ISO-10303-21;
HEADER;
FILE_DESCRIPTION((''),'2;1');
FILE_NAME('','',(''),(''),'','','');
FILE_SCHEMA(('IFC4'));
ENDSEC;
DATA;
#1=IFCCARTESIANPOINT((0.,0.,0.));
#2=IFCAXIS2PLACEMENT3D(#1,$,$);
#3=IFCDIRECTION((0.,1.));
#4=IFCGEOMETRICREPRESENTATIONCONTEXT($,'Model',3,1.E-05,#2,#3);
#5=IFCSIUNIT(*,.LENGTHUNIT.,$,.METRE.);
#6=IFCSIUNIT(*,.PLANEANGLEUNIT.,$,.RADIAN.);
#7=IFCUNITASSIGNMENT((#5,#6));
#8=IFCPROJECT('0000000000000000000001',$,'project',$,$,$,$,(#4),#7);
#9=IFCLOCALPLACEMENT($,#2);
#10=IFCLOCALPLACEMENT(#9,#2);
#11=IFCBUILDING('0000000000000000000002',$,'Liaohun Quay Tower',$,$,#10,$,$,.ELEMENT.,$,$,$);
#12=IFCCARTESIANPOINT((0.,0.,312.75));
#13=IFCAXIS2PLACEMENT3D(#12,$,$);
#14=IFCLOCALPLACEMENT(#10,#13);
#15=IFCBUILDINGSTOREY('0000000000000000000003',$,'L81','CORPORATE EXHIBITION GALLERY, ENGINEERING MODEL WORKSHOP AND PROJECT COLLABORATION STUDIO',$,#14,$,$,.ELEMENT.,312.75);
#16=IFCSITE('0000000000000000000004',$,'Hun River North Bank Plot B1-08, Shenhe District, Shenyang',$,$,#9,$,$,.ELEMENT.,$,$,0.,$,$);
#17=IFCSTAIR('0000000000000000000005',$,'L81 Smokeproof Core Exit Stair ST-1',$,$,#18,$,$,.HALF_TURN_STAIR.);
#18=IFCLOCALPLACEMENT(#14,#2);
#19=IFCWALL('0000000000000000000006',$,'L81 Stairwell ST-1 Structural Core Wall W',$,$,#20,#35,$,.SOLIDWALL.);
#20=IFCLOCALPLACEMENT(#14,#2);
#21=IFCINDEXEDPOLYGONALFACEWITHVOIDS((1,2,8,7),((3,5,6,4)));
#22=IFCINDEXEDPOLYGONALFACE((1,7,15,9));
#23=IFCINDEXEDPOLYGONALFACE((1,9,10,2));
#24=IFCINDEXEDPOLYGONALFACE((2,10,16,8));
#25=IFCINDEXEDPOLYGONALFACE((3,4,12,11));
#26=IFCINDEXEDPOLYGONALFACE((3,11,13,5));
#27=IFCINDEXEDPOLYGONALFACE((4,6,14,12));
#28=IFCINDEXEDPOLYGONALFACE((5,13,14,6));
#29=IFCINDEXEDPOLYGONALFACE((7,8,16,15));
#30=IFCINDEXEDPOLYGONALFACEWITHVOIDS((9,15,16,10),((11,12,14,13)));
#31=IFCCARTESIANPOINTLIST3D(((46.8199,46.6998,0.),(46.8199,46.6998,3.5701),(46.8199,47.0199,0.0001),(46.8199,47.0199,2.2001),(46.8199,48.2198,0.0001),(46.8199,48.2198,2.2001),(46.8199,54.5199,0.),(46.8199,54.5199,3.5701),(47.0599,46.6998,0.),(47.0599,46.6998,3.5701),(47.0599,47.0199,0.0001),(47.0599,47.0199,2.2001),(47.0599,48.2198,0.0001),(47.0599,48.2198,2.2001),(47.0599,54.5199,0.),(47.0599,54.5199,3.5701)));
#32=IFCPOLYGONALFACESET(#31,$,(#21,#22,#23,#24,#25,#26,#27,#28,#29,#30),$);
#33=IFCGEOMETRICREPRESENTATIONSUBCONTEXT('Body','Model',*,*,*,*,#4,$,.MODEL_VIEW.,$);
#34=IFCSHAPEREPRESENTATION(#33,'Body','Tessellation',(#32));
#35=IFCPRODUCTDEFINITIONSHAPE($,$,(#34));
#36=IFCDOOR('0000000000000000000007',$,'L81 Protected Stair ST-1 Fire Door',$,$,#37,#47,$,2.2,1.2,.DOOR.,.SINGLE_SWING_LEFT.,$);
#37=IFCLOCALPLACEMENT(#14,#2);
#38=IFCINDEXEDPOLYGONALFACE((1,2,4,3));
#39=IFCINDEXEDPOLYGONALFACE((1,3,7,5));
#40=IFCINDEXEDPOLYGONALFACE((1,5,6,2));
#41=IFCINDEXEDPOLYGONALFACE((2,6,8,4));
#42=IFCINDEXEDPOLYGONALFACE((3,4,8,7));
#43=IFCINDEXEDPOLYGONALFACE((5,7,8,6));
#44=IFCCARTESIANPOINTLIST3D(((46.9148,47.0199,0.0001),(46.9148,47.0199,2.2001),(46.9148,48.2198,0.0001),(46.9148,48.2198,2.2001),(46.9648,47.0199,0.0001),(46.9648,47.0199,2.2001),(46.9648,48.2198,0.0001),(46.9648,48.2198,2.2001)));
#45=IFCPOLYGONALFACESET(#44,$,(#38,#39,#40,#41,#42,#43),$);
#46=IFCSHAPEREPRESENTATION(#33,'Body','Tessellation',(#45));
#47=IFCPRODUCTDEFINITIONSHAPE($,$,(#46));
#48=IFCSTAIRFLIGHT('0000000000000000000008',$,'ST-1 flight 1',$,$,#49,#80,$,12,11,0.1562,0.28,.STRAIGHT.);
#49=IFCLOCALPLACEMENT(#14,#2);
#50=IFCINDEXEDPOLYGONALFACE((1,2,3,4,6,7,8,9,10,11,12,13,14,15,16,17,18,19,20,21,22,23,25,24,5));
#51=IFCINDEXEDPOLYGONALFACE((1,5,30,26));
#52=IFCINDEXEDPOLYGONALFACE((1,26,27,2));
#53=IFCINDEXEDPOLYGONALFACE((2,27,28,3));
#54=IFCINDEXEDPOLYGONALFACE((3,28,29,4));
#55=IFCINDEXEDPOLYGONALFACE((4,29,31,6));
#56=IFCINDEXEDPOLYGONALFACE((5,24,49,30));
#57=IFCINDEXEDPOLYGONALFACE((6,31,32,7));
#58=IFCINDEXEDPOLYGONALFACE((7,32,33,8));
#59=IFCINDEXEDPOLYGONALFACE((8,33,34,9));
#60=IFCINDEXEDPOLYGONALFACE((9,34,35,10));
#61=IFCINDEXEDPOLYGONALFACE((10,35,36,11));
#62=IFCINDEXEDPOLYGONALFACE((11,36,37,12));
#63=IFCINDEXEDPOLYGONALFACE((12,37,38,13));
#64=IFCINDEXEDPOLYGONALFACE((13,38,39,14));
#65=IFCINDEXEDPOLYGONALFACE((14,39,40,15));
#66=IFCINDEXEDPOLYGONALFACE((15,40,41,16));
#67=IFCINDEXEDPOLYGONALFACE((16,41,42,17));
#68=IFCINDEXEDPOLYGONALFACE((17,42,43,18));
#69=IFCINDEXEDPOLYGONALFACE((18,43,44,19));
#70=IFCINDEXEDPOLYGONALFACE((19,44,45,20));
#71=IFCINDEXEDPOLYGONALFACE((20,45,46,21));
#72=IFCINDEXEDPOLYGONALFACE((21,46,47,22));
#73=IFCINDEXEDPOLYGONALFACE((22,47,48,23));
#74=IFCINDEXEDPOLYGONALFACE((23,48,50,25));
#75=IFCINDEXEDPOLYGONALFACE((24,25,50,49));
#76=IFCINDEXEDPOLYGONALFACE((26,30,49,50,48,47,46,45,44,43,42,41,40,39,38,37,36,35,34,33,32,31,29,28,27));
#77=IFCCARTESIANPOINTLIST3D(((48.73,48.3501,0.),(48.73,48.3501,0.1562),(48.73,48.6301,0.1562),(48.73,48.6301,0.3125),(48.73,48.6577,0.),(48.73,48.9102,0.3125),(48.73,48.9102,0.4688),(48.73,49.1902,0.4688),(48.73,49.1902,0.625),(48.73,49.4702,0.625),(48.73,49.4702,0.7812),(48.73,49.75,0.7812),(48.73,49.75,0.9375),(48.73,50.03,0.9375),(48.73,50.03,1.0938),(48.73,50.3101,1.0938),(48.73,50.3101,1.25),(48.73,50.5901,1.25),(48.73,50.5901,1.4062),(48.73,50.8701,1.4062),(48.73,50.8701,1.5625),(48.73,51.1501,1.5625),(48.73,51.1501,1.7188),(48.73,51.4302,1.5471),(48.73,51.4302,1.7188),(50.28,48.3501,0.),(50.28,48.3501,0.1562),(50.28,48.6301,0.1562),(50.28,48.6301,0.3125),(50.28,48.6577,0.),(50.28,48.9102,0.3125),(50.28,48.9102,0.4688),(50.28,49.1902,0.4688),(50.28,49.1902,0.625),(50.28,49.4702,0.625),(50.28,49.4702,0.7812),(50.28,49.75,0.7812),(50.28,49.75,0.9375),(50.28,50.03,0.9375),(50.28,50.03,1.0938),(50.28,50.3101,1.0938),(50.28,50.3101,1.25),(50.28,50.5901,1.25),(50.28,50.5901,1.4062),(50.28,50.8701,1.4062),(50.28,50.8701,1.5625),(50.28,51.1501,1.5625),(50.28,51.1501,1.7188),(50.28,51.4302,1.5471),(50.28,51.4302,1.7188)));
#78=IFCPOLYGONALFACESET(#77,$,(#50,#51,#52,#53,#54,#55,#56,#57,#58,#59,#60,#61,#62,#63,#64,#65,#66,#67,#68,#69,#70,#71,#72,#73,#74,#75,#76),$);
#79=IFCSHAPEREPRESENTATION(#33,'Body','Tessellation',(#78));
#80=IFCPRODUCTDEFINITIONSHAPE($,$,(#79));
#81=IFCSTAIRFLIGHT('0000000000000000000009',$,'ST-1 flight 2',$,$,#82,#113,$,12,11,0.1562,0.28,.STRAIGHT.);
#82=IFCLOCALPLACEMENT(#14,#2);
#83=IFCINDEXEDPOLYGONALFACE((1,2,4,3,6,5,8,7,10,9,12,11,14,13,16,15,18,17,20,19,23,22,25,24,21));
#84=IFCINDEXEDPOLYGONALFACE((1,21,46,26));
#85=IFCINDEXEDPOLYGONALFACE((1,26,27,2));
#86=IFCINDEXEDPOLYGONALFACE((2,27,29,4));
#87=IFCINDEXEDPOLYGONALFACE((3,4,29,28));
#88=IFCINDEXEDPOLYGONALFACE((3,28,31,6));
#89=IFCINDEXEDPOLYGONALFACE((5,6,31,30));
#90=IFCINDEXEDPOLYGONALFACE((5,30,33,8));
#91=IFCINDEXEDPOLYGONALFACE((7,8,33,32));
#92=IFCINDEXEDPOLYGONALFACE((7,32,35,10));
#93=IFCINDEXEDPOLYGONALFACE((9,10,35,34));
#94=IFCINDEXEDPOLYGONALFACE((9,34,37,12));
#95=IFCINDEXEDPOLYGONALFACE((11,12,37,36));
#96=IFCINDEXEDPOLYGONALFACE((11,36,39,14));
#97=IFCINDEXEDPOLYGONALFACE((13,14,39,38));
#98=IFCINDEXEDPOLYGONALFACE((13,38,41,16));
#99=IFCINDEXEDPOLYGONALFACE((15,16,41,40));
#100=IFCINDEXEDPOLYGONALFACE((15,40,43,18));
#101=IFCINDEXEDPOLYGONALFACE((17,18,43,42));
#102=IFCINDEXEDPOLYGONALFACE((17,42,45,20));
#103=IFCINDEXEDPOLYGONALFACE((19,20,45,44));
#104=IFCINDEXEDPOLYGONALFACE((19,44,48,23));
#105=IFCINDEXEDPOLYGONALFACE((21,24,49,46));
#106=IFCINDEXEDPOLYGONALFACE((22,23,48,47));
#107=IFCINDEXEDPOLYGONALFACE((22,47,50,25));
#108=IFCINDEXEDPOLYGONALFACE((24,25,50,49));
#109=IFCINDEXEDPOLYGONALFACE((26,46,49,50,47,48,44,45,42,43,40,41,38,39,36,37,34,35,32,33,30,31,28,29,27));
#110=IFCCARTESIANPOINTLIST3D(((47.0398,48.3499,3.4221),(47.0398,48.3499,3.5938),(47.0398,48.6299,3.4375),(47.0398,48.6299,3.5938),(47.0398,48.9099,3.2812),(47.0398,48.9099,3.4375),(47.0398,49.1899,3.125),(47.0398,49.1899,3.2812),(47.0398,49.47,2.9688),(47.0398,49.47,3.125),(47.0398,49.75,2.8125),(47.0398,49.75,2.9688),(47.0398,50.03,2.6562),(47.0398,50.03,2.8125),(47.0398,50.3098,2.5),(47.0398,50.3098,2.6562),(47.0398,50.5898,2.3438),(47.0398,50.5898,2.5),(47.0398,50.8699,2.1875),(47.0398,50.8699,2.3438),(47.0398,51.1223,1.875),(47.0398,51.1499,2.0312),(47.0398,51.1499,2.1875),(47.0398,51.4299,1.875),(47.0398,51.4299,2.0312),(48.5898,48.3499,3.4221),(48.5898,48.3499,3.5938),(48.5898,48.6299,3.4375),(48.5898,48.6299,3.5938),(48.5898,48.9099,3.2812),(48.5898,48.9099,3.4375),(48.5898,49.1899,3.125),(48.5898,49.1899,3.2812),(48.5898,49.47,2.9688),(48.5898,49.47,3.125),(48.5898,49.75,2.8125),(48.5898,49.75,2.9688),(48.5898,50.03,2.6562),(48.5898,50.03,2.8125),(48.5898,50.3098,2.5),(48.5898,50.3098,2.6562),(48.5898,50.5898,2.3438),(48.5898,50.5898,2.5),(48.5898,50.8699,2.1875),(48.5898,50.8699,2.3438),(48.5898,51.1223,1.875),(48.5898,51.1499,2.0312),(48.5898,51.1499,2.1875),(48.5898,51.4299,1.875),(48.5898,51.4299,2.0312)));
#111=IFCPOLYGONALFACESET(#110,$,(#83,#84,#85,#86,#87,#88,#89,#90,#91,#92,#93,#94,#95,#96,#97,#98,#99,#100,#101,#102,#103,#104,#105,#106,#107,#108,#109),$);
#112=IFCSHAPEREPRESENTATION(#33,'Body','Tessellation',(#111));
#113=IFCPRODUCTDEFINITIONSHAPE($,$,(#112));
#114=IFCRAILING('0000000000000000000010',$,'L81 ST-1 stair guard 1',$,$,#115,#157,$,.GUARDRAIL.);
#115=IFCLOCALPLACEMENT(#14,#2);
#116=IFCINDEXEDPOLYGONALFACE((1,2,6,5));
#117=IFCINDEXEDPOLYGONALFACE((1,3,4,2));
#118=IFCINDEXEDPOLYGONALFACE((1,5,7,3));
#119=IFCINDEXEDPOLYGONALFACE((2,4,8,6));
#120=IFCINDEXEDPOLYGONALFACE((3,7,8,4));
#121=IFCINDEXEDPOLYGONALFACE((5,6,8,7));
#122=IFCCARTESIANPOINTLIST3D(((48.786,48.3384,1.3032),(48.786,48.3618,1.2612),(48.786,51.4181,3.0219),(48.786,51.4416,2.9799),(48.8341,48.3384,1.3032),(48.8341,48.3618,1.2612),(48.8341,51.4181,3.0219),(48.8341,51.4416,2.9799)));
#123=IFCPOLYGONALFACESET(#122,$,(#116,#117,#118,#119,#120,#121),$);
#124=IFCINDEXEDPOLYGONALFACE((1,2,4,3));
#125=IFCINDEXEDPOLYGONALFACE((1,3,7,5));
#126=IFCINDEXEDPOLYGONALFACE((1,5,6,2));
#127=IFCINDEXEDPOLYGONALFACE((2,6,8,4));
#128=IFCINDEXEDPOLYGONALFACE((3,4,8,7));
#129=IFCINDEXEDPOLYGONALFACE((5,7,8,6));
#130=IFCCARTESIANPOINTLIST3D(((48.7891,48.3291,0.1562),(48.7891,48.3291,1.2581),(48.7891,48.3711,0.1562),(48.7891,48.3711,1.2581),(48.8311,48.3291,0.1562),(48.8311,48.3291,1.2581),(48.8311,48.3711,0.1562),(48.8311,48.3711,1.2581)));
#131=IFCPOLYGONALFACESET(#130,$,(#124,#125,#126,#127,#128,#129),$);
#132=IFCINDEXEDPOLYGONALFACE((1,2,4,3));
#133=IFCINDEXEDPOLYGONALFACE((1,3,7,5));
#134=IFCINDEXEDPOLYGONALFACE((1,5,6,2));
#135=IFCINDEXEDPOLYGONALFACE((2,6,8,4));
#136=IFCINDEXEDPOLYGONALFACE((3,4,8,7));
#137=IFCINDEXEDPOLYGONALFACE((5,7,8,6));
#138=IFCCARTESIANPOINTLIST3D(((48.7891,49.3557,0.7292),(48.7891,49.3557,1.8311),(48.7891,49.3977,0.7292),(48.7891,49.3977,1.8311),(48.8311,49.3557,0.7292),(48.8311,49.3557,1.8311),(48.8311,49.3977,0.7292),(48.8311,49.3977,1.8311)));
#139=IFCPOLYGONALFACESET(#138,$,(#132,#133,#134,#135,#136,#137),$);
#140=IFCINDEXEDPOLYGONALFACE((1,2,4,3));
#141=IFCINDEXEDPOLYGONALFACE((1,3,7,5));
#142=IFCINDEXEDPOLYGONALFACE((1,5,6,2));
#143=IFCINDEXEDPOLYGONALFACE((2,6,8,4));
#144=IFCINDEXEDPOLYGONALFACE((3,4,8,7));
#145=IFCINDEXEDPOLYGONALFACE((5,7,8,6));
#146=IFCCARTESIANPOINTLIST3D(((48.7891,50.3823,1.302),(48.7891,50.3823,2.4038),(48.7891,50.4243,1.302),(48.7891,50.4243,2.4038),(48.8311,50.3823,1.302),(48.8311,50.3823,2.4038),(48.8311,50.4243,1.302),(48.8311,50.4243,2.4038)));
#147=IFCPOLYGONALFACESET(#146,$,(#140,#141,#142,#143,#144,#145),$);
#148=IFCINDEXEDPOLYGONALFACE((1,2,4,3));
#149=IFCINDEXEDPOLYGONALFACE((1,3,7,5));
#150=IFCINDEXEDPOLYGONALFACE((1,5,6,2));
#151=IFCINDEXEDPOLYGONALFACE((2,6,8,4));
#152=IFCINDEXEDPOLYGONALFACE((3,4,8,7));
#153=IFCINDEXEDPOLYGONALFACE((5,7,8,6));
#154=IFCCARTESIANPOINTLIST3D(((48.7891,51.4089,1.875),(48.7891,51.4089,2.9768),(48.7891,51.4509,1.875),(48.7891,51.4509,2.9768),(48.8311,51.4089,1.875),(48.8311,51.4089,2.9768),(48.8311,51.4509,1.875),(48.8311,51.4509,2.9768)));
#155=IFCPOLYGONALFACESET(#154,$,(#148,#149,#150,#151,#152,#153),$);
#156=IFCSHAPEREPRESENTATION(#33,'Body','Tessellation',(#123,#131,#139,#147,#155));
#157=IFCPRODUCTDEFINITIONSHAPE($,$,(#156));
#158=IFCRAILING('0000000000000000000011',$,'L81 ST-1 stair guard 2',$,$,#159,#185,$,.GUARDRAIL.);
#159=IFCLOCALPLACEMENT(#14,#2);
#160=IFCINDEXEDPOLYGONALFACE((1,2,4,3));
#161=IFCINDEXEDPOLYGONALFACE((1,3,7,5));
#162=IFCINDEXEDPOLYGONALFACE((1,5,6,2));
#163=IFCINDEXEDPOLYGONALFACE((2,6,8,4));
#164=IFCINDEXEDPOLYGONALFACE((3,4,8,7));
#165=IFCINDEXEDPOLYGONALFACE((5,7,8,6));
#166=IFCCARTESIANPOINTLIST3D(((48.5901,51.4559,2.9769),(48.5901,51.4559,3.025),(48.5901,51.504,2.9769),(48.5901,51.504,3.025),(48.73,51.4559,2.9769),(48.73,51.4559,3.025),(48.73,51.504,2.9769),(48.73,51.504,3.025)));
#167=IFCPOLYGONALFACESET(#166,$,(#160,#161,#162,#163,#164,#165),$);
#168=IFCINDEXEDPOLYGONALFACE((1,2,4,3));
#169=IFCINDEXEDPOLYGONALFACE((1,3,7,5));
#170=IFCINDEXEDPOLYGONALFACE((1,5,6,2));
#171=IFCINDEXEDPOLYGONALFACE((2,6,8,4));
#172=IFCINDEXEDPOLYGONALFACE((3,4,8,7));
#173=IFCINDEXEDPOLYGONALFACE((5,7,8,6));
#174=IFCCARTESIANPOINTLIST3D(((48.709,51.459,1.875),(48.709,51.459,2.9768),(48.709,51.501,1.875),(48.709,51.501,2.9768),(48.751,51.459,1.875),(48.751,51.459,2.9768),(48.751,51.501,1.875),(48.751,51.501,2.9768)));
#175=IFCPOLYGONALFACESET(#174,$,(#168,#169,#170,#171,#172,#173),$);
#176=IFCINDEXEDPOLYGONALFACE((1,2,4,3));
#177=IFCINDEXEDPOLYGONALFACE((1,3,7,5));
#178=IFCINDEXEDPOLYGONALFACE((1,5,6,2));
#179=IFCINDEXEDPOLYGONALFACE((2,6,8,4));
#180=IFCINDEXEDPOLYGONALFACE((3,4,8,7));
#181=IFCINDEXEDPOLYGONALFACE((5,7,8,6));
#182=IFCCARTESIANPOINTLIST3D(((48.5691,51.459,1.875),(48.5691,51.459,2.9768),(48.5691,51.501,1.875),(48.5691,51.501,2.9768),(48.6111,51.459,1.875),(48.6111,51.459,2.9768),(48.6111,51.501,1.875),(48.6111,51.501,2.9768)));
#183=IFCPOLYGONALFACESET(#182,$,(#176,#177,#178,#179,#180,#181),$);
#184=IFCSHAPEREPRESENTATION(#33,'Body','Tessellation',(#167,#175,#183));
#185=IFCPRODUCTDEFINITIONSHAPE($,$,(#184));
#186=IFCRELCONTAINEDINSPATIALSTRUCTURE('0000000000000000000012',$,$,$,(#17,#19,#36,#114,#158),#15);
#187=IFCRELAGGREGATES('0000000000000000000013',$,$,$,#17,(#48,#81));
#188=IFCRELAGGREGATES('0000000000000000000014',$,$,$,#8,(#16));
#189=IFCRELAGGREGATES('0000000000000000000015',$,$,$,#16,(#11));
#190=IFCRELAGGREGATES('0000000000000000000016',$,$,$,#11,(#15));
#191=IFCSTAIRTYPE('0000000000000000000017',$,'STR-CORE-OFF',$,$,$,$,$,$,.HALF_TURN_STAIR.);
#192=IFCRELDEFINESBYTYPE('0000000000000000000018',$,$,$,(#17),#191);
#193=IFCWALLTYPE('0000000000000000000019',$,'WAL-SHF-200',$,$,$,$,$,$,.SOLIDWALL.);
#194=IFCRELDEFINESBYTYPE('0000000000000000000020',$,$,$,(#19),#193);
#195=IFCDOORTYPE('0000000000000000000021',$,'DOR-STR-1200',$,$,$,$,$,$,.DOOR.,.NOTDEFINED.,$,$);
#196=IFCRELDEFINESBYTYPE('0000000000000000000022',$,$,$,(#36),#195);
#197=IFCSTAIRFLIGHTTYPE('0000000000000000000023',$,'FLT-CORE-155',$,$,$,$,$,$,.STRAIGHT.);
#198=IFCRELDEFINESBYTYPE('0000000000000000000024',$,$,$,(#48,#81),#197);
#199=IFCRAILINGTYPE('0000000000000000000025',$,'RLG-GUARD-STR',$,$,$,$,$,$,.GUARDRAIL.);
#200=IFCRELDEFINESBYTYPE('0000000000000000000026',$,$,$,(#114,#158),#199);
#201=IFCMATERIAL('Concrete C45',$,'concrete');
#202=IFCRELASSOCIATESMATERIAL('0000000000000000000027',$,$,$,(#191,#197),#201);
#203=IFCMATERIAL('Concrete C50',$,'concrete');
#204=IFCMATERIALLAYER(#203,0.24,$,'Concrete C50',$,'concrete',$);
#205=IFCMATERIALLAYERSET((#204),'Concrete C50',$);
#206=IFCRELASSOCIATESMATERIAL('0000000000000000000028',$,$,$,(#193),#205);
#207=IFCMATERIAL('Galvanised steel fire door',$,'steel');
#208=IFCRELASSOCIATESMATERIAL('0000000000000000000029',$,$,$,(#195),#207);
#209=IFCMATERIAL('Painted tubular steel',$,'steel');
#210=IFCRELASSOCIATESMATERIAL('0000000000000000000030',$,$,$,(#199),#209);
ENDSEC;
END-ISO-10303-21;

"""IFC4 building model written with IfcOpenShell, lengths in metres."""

from ifc_helpers import new_model, si_unit, direction, frame, frame_2d, origin, origin_2d, place, context, subcontext, project, spatial, polyline, rectangle, outline, extrude, source, transform, mapped, material, layer, layer_set, type_object, element, fill, aggregate, save


model = new_model("IFC4")

# Units and contexts
model_context = context("Model", 3, precision=1e-05, world=origin(), true_north=direction((0.0, 1.0)))
body_context = subcontext(model_context, "Body", "Model", "MODEL_VIEW")
ifc_project = project(units=[si_unit("LENGTHUNIT", "METRE"), si_unit("PLANEANGLEUNIT", "RADIAN")], contexts=[model_context])

# Site, building, storey
site_placement = place(None, origin())
site = spatial("IfcSite", under=ifc_project, at=site_placement, Name="Hun River North Bank Plot B1-08, Shenhe District, Shenyang", CompositionType="ELEMENT", RefElevation=0.0)
building_placement = place(site_placement, origin())
building = spatial("IfcBuilding", under=site, at=building_placement, Name="Liaohun Quay Tower", CompositionType="ELEMENT")
storey_placement = place(building_placement, frame((0.0, 0.0, 312.75)))
storey = spatial("IfcBuildingStorey", under=building, at=storey_placement, Name="L81", Description="CORPORATE EXHIBITION GALLERY, ENGINEERING MODEL WORKSHOP AND PROJECT COLLABORATION STUDIO", CompositionType="ELEMENT", Elevation=312.75)

# Shared definitions
ifc_material_1 = material(Name="Concrete C50", Category="concrete")

# Stair
ifc_material_2 = material(Name="Concrete C45", Category="concrete")
stair_type = type_object("IfcStairType", Name="STR-CORE-OFF", PredefinedType="HALF_TURN_STAIR", material=ifc_material_2)
stair_1_placement = place(storey_placement, origin())
stair_1 = element("IfcStair", 1, at=stair_1_placement, inside=storey, type_object=stair_type, Name="L81 Smokeproof Core Exit Stair ST-1", PredefinedType="HALF_TURN_STAIR")

# Shared definitions
ifc_layer_1 = layer(ifc_material_1, 0.24, Name="Concrete C50", Category="concrete")
ifc_layer_set_1 = layer_set([ifc_layer_1], Name="Concrete C50")
wall_type_1 = type_object("IfcWallType", Name="WAL-SHF-200", PredefinedType="SOLIDWALL", material=ifc_layer_set_1)

# Wall, opening, door
wall_1_placement = place(storey_placement, frame((46.9399, 54.52, 0.0), z_axis=(0.0, 0.0, 1.0), x_axis=(0.0, -1.0, 0.0)))
wall_1 = element("IfcWall", 2, at=wall_1_placement, inside=storey, type_object=wall_type_1, Name="L81 Stairwell ST-1 Structural Core Wall W", PredefinedType="SOLIDWALL", context=body_context, shape_type="SweptSolid", body=[
    extrude(rectangle(XDim=7.8201, YDim=0.24, at=frame_2d((3.9102, 0.0))), origin(), (0.0, 0.0, 1.0), 3.5701),
])
shared_shape_1 = source(origin(), body_context, "Body", "SweptSolid", [
    extrude(rectangle(XDim=1.2, YDim=2.2, at=frame_2d((0.6001, 1.1001))), frame((0.0, 0.1299, 0.0), z_axis=(0.0, -1.0, 0.0), x_axis=(1.0, 0.0, 0.0)), (0.0, 0.0, 1.0), 0.26),
])
opening_1_placement = place(wall_1_placement, frame((6.3, 0.0, 0.0)))
opening_1 = element("IfcOpeningElement", 3, at=opening_1_placement, cuts=wall_1, PredefinedType="OPENING", context=body_context, shape_type="MappedRepresentation", body=[
    mapped(shared_shape_1, transform((0.0, 0.0, 0.0), x_axis=(1.0, 0.0, 0.0), y_axis=(0.0, 1.0, 0.0), z_axis=(0.0, 0.0, 1.0), scale=1.0)),
])
ifc_material_3 = material(Name="Galvanised steel fire door", Category="steel")
door_type_1 = type_object("IfcDoorType", Name="DOR-STR-1200", OperationType="NOTDEFINED", PredefinedType="DOOR", material=ifc_material_3)
shared_shape_2 = source(origin(), body_context, "Body", "SweptSolid", [
    extrude(rectangle(XDim=1.2, YDim=2.2, at=frame_2d((0.6001, 1.1001))), frame((0.0, 0.0249, 0.0), z_axis=(0.0, -1.0, 0.0), x_axis=(1.0, 0.0, 0.0)), (0.0, 0.0, 1.0), 0.05),
])
door_1_placement = place(opening_1_placement, origin())
door_1 = element("IfcDoor", 4, at=door_1_placement, inside=storey, type_object=door_type_1, Name="L81 Protected Stair ST-1 Fire Door", OperationType="SINGLE_SWING_LEFT", OverallHeight=2.2, OverallWidth=1.2, PredefinedType="DOOR", context=body_context, shape_type="MappedRepresentation", body=[
    mapped(shared_shape_2, transform((0.0, 0.0, 0.0), x_axis=(1.0, 0.0, 0.0), y_axis=(0.0, 1.0, 0.0), z_axis=(0.0, 0.0, 1.0), scale=1.0)),
])
fill(opening_1, door_1)

# Stair flights
stair_flight_type = type_object("IfcStairFlightType", Name="FLT-CORE-155", PredefinedType="STRAIGHT", material=ifc_material_2)
stair_flight_1_placement = place(storey_placement, frame((49.5049, 48.3501, 0.0), z_axis=(0.0, 0.0, 1.0), x_axis=(0.0, 1.0, 0.0)))
stair_flight_1 = element("IfcStairFlight", 5, at=stair_flight_1_placement, type_object=stair_flight_type, Name="ST-1 flight 1", NumberOfRisers=12, NumberOfTreads=11, PredefinedType="STRAIGHT", RiserHeight=0.1562, TreadLength=0.28, context=body_context, shape_type="SweptSolid", body=[
    extrude(outline(polyline([(0.0, 0.0), (0.0, 0.1562), (0.28, 0.1562), (0.28, 0.3125), (0.5601, 0.3125), (0.5601, 0.4688), (0.8401, 0.4688), (0.8401, 0.625), (1.1201, 0.625), (1.1201, 0.7812), (1.3999, 0.7812), (1.3999, 0.9375), (1.6799, 0.9375), (1.6799, 1.0938), (1.96, 1.0938), (1.96, 1.25), (2.24, 1.25), (2.24, 1.4062), (2.52, 1.4062), (2.52, 1.5625), (2.8, 1.5625), (2.8, 1.7188), (3.0801, 1.7188), (3.0801, 1.875), (3.0801, 1.5471), (0.3076, 0.0), (0.0, 0.0)])), frame((0.0, 0.7749, 0.0), z_axis=(0.0, -1.0, 0.0), x_axis=(1.0, 0.0, 0.0)), (0.0, 0.0, 1.0), 1.55),
])
stair_flight_2_placement = place(storey_placement, frame((47.8149, 51.4299, 1.875), z_axis=(0.0, 0.0, 1.0), x_axis=(0.0, -1.0, 0.0)))
stair_flight_2 = element("IfcStairFlight", 6, at=stair_flight_2_placement, type_object=stair_flight_type, Name="ST-1 flight 2", NumberOfRisers=12, NumberOfTreads=11, PredefinedType="STRAIGHT", RiserHeight=0.1562, TreadLength=0.28, context=body_context, shape_type="SweptSolid", body=[
    extrude(outline(polyline([(0.0, 0.0), (0.0, 0.1562), (0.28, 0.1562), (0.28, 0.3125), (0.5601, 0.3125), (0.5601, 0.4688), (0.8401, 0.4688), (0.8401, 0.625), (1.1201, 0.625), (1.1201, 0.7812), (1.3999, 0.7812), (1.3999, 0.9375), (1.6799, 0.9375), (1.6799, 1.0938), (1.96, 1.0938), (1.96, 1.25), (2.24, 1.25), (2.24, 1.4062), (2.52, 1.4062), (2.52, 1.5625), (2.8, 1.5625), (2.8, 1.7188), (3.0801, 1.7188), (3.0801, 1.875), (3.0801, 1.5471), (0.3076, 0.0), (0.0, 0.0)])), frame((0.0, 0.7749, 0.0), z_axis=(0.0, -1.0, 0.0), x_axis=(1.0, 0.0, 0.0)), (0.0, 0.0, 1.0), 1.55),
])
aggregate(stair_1, [stair_flight_1, stair_flight_2])

# Railings
ifc_material_4 = material(Name="Painted tubular steel", Category="steel")
railing_type_1 = type_object("IfcRailingType", Name="RLG-GUARD-STR", PredefinedType="GUARDRAIL", material=ifc_material_4)
railing_1_placement = place(storey_placement, frame((48.8101, 48.3501, 0.1562)))
element("IfcRailing", 7, at=railing_1_placement, inside=storey, type_object=railing_type_1, Name="L81 ST-1 stair guard 1", PredefinedType="GUARDRAIL", context=body_context, shape_type="SweptSolid", body=[
    extrude(rectangle(XDim=0.0481, YDim=0.0481, at=origin_2d()), frame((0.0, 0.0, 1.126), z_axis=(0.0, 0.873225, 0.487317), x_axis=(-1.0, 0.0, 0.0)), (0.0, 0.0, 1.0), 3.5269),
    extrude(rectangle(XDim=0.042, YDim=0.042, at=origin_2d()), origin(), (0.0, 0.0, 1.0), 1.1018),
    extrude(rectangle(XDim=0.042, YDim=0.042, at=origin_2d()), frame((0.0, 1.0266, 0.573)), (0.0, 0.0, 1.0), 1.1018),
    extrude(rectangle(XDim=0.042, YDim=0.042, at=origin_2d()), frame((0.0, 2.0532, 1.1458)), (0.0, 0.0, 1.0), 1.1018),
    extrude(rectangle(XDim=0.042, YDim=0.042, at=origin_2d()), frame((0.0, 3.0798, 1.7188)), (0.0, 0.0, 1.0), 1.1018),
])
railing_2_placement = place(storey_placement, frame((48.73, 51.48, 1.875)))
element("IfcRailing", 8, at=railing_2_placement, inside=storey, type_object=railing_type_1, Name="L81 ST-1 stair guard 2", PredefinedType="GUARDRAIL", context=body_context, shape_type="SweptSolid", body=[
    extrude(rectangle(XDim=0.0481, YDim=0.0481, at=origin_2d()), frame((0.0, 0.0, 1.126), z_axis=(-1.0, 0.0, 0.0), x_axis=(0.0, -1.0, 0.0)), (0.0, 0.0, 1.0), 0.1399),
    extrude(rectangle(XDim=0.042, YDim=0.042, at=origin_2d()), origin(), (0.0, 0.0, 1.0), 1.1018),
    extrude(rectangle(XDim=0.042, YDim=0.042, at=origin_2d()), frame((-0.1399, 0.0, 0.0)), (0.0, 0.0, 1.0), 1.1018),
])

save(model, "model.ifc")
